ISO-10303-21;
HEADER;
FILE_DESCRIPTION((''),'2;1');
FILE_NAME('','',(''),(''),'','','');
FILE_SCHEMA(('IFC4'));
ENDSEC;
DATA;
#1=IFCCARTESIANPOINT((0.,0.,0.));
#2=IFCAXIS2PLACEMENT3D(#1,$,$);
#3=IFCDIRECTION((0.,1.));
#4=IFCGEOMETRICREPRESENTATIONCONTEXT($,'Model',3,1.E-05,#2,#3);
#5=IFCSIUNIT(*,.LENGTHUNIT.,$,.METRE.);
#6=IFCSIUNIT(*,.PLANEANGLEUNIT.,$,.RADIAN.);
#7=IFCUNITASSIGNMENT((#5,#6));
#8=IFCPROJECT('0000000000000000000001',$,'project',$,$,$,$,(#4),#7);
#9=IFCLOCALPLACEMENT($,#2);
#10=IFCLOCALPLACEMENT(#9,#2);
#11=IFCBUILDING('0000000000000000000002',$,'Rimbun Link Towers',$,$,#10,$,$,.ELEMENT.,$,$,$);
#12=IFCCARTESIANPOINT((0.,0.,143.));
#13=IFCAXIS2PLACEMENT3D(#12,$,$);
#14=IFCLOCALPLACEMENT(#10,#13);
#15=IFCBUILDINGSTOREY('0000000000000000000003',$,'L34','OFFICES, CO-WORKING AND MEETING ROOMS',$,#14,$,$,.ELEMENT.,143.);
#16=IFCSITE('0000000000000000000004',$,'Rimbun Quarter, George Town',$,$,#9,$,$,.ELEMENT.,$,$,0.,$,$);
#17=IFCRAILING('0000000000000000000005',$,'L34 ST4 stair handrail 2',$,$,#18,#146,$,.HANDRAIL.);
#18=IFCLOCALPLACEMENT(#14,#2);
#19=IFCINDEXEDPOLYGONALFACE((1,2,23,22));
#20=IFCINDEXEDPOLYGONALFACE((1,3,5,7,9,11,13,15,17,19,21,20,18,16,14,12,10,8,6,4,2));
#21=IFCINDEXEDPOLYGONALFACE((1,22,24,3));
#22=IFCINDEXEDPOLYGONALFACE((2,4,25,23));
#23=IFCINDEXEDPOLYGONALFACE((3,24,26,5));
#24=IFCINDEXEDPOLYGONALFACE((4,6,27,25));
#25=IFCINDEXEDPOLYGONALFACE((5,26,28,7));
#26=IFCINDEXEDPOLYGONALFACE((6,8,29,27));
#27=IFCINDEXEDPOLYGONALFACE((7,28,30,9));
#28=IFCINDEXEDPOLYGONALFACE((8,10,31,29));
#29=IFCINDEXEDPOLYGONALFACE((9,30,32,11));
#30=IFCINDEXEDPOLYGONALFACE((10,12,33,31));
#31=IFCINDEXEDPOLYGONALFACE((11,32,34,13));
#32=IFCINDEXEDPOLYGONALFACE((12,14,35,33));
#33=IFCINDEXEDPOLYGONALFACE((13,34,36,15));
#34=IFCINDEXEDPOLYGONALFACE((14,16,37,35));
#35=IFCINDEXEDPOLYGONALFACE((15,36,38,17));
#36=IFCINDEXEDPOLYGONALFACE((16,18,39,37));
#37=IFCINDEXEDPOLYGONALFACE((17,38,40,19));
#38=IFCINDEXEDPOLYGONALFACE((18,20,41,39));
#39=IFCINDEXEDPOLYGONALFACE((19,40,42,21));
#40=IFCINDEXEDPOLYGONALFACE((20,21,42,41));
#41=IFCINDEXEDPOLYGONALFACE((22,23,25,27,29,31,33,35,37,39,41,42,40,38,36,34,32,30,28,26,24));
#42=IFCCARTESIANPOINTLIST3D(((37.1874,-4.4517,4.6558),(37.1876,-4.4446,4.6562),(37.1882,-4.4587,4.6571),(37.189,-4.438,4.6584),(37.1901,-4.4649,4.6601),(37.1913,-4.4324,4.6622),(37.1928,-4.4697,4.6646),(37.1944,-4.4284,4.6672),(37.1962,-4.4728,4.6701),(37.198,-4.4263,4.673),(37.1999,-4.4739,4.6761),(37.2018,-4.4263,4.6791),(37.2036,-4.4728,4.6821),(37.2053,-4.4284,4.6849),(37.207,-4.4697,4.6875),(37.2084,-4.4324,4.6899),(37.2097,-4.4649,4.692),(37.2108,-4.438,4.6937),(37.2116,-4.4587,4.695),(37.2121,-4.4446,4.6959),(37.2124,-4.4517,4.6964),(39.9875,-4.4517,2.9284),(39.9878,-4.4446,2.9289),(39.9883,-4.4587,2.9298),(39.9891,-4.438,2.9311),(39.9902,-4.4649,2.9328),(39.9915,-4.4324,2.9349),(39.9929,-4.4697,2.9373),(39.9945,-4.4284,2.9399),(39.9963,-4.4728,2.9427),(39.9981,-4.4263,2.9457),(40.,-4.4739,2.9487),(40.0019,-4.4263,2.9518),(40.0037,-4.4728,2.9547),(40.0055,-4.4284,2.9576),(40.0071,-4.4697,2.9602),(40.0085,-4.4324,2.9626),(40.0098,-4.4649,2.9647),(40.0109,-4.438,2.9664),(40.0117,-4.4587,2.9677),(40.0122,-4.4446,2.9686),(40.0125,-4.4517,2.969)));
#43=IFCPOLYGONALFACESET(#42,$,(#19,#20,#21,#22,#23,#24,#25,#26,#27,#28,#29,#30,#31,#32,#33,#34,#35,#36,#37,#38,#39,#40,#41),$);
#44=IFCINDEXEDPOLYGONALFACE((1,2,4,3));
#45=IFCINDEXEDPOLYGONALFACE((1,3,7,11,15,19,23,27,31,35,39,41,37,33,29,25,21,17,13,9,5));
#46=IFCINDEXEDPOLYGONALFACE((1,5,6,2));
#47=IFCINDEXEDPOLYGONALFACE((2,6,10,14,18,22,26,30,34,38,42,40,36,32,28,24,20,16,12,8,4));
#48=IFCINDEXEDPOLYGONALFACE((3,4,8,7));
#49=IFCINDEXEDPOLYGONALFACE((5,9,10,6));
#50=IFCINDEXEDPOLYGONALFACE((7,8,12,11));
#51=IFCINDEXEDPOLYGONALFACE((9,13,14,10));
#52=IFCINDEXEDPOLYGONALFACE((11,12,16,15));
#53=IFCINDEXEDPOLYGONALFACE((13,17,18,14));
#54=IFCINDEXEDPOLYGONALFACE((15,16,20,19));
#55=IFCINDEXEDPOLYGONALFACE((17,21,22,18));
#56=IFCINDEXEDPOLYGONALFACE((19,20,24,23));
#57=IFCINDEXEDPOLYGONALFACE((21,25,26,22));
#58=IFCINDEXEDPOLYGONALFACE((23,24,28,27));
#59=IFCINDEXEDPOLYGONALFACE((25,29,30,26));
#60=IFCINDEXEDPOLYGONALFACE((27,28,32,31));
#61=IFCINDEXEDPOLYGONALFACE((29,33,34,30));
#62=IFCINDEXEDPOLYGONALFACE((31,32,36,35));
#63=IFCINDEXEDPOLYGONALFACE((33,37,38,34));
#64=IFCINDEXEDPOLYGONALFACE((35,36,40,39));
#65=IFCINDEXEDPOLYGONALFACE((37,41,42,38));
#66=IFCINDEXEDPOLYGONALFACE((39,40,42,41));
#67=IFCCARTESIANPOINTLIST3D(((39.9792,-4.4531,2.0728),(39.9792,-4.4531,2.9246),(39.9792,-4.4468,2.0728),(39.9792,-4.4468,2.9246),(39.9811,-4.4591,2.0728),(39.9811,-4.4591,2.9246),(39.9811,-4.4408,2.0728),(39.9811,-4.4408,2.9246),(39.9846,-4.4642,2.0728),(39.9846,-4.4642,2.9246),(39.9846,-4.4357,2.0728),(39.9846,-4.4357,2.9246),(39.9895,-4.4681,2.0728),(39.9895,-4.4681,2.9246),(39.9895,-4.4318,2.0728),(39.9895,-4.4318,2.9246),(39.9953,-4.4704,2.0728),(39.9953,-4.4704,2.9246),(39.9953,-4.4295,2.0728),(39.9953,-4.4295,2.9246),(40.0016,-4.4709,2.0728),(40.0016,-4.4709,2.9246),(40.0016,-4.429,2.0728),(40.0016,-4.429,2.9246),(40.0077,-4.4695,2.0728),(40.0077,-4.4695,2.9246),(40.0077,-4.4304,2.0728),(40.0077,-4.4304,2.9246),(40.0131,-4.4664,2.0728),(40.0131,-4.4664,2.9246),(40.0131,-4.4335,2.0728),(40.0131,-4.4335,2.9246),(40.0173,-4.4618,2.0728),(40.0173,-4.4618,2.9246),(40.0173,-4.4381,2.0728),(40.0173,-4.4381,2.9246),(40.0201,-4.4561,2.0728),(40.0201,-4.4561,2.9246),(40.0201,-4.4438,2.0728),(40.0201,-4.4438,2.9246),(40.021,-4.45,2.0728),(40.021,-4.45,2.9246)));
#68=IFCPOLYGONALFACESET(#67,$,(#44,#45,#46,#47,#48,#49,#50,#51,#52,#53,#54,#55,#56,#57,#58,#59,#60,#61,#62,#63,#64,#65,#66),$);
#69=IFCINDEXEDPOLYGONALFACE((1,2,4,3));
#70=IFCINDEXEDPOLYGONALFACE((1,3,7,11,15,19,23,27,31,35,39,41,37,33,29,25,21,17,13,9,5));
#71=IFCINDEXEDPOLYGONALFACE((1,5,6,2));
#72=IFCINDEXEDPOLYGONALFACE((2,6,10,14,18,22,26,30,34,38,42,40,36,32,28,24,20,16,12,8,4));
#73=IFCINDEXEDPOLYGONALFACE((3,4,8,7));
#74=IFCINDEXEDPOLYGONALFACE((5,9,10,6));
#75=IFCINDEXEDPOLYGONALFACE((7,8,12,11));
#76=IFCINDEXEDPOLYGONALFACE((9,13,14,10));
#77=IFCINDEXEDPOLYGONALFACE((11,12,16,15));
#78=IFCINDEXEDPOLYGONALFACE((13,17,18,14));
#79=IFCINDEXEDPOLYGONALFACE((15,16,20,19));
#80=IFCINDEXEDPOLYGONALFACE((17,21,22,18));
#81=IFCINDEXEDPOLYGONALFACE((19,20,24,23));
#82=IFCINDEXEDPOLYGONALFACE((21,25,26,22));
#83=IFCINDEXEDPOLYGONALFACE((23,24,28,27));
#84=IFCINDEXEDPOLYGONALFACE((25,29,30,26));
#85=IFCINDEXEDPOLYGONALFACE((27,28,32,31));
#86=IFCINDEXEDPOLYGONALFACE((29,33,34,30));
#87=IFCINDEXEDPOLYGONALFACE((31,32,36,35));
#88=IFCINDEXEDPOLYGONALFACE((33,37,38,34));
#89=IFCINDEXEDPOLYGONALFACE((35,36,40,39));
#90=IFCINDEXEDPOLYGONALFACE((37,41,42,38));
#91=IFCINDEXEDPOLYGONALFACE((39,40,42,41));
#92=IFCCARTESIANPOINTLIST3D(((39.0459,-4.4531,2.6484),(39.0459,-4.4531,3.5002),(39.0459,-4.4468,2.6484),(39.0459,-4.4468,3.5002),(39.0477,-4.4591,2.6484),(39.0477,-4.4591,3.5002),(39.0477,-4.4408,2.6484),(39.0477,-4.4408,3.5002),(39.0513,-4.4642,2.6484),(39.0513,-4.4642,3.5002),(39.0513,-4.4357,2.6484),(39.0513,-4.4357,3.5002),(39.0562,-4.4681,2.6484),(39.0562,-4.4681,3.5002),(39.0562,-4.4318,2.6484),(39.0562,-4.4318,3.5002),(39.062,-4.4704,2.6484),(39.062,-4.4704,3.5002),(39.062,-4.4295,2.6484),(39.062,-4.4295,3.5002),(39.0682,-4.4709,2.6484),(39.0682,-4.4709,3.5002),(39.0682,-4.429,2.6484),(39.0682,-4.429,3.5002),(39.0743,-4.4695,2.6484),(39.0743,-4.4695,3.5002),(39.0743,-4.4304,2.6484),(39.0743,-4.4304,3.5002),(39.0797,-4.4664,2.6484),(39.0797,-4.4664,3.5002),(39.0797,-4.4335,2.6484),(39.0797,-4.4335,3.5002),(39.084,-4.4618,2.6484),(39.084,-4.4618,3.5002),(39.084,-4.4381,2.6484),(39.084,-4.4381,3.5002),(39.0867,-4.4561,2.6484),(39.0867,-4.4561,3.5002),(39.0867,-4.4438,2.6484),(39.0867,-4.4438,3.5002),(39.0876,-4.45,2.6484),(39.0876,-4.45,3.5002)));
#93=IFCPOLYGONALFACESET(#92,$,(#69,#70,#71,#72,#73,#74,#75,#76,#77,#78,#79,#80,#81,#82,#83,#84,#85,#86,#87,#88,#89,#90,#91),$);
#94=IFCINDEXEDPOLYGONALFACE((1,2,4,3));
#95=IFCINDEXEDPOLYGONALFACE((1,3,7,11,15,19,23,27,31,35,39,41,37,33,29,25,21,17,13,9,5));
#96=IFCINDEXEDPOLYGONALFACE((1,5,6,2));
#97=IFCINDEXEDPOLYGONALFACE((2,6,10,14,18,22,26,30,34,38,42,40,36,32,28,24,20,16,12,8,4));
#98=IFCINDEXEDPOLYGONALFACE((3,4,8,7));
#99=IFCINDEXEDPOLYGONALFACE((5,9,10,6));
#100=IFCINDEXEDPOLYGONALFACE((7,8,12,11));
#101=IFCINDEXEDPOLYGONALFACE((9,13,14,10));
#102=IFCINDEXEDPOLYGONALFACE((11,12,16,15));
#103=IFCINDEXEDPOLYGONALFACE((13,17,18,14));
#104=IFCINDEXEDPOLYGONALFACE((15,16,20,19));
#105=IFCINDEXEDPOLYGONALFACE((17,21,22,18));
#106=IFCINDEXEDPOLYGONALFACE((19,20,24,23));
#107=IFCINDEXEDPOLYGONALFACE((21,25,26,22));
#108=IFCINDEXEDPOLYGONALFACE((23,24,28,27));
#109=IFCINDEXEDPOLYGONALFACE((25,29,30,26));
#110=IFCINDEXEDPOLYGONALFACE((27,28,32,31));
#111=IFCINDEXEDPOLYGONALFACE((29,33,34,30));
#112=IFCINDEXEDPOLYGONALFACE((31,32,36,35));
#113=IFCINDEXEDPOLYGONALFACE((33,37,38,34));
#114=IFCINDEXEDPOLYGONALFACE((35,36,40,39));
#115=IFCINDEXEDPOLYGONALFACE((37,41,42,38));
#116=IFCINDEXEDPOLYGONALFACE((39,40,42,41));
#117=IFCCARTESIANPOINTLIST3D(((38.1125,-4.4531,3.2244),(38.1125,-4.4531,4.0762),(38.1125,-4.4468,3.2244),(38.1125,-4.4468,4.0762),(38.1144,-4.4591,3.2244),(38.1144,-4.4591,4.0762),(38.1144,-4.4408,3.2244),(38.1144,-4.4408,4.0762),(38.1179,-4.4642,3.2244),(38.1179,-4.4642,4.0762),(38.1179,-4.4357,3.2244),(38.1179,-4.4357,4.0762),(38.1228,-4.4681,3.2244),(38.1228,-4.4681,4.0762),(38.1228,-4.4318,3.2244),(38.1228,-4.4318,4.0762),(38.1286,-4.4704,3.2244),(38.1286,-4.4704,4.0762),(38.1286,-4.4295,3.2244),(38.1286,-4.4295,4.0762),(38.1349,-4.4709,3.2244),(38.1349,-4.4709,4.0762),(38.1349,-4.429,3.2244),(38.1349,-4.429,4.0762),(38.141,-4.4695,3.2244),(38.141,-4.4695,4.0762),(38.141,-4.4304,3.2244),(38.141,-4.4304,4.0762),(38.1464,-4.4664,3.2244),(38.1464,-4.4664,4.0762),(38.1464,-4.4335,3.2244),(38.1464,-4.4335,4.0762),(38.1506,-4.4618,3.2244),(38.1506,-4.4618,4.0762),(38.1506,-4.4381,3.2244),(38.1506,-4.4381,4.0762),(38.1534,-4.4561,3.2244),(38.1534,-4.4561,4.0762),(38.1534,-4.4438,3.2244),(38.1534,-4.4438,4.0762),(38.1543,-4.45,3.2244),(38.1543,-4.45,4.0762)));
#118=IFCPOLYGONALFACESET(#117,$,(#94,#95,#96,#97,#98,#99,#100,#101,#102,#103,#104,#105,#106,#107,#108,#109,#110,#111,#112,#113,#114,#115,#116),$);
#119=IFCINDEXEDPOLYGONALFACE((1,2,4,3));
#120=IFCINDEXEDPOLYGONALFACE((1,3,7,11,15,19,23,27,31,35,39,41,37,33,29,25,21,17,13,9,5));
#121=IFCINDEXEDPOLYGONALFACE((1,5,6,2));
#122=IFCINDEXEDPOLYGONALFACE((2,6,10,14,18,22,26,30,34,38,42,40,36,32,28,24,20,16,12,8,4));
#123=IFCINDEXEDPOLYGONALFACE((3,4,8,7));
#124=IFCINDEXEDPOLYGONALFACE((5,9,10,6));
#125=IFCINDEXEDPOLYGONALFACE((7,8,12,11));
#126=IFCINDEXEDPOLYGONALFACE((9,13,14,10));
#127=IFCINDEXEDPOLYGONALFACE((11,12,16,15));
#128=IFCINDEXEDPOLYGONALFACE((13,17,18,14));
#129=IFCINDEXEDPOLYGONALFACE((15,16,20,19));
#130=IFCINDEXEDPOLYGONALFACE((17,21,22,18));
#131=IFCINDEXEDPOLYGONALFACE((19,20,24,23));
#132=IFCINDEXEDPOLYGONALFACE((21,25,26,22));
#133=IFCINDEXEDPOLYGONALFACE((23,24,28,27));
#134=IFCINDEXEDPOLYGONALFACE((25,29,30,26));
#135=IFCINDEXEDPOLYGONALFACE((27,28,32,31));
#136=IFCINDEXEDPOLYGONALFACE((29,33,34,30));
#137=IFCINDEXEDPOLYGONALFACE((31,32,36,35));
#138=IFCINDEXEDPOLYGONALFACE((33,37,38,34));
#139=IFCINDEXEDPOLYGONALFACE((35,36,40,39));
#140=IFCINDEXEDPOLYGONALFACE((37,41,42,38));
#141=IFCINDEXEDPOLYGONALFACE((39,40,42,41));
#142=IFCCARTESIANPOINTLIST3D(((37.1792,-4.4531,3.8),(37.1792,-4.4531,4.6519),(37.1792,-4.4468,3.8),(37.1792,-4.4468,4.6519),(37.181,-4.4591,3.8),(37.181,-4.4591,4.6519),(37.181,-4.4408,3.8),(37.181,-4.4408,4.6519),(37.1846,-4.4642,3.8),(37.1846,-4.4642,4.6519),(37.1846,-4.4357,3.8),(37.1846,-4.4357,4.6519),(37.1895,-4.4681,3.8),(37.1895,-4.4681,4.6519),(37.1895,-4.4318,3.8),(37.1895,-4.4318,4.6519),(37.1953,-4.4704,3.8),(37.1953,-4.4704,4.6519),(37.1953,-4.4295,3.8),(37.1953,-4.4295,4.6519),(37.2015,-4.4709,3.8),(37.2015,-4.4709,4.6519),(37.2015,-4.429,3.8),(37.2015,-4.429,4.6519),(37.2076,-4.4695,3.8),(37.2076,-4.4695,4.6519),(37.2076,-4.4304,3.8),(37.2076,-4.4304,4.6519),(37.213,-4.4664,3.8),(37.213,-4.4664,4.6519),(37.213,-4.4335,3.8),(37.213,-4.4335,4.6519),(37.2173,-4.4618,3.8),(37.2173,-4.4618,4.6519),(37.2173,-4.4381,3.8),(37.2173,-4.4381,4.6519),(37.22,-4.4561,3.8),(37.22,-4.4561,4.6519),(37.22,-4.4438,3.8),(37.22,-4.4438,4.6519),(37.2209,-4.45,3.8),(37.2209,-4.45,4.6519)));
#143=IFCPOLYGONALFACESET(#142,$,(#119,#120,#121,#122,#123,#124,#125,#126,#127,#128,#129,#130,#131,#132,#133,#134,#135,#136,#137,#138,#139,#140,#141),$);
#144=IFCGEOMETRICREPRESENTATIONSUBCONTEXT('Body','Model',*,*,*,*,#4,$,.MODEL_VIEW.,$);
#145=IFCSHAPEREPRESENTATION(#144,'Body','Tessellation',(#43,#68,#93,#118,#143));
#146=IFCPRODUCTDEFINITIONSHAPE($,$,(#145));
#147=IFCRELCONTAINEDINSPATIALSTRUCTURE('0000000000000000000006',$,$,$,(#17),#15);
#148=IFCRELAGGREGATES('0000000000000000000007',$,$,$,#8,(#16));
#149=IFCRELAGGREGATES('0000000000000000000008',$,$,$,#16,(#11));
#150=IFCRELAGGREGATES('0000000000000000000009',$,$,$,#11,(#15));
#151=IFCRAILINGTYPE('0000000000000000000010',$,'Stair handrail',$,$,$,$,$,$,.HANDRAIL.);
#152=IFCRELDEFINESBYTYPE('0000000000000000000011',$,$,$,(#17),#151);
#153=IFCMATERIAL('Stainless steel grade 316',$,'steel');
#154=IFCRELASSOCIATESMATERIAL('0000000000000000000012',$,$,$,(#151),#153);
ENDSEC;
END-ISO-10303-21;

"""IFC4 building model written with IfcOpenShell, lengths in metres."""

from ifc_helpers import new_model, si_unit, direction, frame, origin, origin_2d, place, context, subcontext, project, spatial, circle, extrude, material, type_object, element, save


model = new_model("IFC4")

# Units and contexts
model_context = context("Model", 3, precision=1e-05, world=origin(), true_north=direction((0.0, 1.0)))
body_context = subcontext(model_context, "Body", "Model", "MODEL_VIEW")
ifc_project = project(units=[si_unit("LENGTHUNIT", "METRE"), si_unit("PLANEANGLEUNIT", "RADIAN")], contexts=[model_context])

# Site, building, storey
site_placement = place(None, origin())
site = spatial("IfcSite", under=ifc_project, at=site_placement, Name="Rimbun Quarter, George Town", CompositionType="ELEMENT", RefElevation=0.0)
building_placement = place(site_placement, origin())
building = spatial("IfcBuilding", under=site, at=building_placement, Name="Rimbun Link Towers", CompositionType="ELEMENT")
storey_placement = place(building_placement, frame((0.0, 0.0, 143.0)))
storey = spatial("IfcBuildingStorey", under=building, at=storey_placement, Name="L34", Description="OFFICES, CO-WORKING AND MEETING ROOMS", CompositionType="ELEMENT", Elevation=143.0)

# Railing
ifc_material_1 = material(Name="Stainless steel grade 316", Category="steel")
railing_type_1 = type_object("IfcRailingType", Name="Stair handrail", PredefinedType="HANDRAIL", material=ifc_material_1)
railing_1_placement = place(storey_placement, frame((40.0, -4.45, 2.0728)))
element("IfcRailing", 1, at=railing_1_placement, inside=storey, type_object=railing_type_1, Name="L34 ST4 stair handrail 2", PredefinedType="HANDRAIL", context=body_context, shape_type="SweptSolid", body=[
    extrude(circle(Radius=0.0239, at=origin_2d()), frame((0.0, 0.0, 0.876), z_axis=(-0.85109, 0.0, 0.52502), x_axis=(0.0, -1.0, 0.0)), (0.0, 0.0, 1.0), 3.29),
    extrude(circle(Radius=0.021, at=origin_2d()), origin(), (0.0, 0.0, 1.0), 0.8518),
    extrude(circle(Radius=0.021, at=origin_2d()), frame((-0.9333, 0.0, 0.5757)), (0.0, 0.0, 1.0), 0.8518),
    extrude(circle(Radius=0.021, at=origin_2d()), frame((-1.8667, 0.0, 1.1516)), (0.0, 0.0, 1.0), 0.8518),
    extrude(circle(Radius=0.021, at=origin_2d()), frame((-2.8, 0.0, 1.7273)), (0.0, 0.0, 1.0), 0.8518),
])

save(model, "model.ifc")
